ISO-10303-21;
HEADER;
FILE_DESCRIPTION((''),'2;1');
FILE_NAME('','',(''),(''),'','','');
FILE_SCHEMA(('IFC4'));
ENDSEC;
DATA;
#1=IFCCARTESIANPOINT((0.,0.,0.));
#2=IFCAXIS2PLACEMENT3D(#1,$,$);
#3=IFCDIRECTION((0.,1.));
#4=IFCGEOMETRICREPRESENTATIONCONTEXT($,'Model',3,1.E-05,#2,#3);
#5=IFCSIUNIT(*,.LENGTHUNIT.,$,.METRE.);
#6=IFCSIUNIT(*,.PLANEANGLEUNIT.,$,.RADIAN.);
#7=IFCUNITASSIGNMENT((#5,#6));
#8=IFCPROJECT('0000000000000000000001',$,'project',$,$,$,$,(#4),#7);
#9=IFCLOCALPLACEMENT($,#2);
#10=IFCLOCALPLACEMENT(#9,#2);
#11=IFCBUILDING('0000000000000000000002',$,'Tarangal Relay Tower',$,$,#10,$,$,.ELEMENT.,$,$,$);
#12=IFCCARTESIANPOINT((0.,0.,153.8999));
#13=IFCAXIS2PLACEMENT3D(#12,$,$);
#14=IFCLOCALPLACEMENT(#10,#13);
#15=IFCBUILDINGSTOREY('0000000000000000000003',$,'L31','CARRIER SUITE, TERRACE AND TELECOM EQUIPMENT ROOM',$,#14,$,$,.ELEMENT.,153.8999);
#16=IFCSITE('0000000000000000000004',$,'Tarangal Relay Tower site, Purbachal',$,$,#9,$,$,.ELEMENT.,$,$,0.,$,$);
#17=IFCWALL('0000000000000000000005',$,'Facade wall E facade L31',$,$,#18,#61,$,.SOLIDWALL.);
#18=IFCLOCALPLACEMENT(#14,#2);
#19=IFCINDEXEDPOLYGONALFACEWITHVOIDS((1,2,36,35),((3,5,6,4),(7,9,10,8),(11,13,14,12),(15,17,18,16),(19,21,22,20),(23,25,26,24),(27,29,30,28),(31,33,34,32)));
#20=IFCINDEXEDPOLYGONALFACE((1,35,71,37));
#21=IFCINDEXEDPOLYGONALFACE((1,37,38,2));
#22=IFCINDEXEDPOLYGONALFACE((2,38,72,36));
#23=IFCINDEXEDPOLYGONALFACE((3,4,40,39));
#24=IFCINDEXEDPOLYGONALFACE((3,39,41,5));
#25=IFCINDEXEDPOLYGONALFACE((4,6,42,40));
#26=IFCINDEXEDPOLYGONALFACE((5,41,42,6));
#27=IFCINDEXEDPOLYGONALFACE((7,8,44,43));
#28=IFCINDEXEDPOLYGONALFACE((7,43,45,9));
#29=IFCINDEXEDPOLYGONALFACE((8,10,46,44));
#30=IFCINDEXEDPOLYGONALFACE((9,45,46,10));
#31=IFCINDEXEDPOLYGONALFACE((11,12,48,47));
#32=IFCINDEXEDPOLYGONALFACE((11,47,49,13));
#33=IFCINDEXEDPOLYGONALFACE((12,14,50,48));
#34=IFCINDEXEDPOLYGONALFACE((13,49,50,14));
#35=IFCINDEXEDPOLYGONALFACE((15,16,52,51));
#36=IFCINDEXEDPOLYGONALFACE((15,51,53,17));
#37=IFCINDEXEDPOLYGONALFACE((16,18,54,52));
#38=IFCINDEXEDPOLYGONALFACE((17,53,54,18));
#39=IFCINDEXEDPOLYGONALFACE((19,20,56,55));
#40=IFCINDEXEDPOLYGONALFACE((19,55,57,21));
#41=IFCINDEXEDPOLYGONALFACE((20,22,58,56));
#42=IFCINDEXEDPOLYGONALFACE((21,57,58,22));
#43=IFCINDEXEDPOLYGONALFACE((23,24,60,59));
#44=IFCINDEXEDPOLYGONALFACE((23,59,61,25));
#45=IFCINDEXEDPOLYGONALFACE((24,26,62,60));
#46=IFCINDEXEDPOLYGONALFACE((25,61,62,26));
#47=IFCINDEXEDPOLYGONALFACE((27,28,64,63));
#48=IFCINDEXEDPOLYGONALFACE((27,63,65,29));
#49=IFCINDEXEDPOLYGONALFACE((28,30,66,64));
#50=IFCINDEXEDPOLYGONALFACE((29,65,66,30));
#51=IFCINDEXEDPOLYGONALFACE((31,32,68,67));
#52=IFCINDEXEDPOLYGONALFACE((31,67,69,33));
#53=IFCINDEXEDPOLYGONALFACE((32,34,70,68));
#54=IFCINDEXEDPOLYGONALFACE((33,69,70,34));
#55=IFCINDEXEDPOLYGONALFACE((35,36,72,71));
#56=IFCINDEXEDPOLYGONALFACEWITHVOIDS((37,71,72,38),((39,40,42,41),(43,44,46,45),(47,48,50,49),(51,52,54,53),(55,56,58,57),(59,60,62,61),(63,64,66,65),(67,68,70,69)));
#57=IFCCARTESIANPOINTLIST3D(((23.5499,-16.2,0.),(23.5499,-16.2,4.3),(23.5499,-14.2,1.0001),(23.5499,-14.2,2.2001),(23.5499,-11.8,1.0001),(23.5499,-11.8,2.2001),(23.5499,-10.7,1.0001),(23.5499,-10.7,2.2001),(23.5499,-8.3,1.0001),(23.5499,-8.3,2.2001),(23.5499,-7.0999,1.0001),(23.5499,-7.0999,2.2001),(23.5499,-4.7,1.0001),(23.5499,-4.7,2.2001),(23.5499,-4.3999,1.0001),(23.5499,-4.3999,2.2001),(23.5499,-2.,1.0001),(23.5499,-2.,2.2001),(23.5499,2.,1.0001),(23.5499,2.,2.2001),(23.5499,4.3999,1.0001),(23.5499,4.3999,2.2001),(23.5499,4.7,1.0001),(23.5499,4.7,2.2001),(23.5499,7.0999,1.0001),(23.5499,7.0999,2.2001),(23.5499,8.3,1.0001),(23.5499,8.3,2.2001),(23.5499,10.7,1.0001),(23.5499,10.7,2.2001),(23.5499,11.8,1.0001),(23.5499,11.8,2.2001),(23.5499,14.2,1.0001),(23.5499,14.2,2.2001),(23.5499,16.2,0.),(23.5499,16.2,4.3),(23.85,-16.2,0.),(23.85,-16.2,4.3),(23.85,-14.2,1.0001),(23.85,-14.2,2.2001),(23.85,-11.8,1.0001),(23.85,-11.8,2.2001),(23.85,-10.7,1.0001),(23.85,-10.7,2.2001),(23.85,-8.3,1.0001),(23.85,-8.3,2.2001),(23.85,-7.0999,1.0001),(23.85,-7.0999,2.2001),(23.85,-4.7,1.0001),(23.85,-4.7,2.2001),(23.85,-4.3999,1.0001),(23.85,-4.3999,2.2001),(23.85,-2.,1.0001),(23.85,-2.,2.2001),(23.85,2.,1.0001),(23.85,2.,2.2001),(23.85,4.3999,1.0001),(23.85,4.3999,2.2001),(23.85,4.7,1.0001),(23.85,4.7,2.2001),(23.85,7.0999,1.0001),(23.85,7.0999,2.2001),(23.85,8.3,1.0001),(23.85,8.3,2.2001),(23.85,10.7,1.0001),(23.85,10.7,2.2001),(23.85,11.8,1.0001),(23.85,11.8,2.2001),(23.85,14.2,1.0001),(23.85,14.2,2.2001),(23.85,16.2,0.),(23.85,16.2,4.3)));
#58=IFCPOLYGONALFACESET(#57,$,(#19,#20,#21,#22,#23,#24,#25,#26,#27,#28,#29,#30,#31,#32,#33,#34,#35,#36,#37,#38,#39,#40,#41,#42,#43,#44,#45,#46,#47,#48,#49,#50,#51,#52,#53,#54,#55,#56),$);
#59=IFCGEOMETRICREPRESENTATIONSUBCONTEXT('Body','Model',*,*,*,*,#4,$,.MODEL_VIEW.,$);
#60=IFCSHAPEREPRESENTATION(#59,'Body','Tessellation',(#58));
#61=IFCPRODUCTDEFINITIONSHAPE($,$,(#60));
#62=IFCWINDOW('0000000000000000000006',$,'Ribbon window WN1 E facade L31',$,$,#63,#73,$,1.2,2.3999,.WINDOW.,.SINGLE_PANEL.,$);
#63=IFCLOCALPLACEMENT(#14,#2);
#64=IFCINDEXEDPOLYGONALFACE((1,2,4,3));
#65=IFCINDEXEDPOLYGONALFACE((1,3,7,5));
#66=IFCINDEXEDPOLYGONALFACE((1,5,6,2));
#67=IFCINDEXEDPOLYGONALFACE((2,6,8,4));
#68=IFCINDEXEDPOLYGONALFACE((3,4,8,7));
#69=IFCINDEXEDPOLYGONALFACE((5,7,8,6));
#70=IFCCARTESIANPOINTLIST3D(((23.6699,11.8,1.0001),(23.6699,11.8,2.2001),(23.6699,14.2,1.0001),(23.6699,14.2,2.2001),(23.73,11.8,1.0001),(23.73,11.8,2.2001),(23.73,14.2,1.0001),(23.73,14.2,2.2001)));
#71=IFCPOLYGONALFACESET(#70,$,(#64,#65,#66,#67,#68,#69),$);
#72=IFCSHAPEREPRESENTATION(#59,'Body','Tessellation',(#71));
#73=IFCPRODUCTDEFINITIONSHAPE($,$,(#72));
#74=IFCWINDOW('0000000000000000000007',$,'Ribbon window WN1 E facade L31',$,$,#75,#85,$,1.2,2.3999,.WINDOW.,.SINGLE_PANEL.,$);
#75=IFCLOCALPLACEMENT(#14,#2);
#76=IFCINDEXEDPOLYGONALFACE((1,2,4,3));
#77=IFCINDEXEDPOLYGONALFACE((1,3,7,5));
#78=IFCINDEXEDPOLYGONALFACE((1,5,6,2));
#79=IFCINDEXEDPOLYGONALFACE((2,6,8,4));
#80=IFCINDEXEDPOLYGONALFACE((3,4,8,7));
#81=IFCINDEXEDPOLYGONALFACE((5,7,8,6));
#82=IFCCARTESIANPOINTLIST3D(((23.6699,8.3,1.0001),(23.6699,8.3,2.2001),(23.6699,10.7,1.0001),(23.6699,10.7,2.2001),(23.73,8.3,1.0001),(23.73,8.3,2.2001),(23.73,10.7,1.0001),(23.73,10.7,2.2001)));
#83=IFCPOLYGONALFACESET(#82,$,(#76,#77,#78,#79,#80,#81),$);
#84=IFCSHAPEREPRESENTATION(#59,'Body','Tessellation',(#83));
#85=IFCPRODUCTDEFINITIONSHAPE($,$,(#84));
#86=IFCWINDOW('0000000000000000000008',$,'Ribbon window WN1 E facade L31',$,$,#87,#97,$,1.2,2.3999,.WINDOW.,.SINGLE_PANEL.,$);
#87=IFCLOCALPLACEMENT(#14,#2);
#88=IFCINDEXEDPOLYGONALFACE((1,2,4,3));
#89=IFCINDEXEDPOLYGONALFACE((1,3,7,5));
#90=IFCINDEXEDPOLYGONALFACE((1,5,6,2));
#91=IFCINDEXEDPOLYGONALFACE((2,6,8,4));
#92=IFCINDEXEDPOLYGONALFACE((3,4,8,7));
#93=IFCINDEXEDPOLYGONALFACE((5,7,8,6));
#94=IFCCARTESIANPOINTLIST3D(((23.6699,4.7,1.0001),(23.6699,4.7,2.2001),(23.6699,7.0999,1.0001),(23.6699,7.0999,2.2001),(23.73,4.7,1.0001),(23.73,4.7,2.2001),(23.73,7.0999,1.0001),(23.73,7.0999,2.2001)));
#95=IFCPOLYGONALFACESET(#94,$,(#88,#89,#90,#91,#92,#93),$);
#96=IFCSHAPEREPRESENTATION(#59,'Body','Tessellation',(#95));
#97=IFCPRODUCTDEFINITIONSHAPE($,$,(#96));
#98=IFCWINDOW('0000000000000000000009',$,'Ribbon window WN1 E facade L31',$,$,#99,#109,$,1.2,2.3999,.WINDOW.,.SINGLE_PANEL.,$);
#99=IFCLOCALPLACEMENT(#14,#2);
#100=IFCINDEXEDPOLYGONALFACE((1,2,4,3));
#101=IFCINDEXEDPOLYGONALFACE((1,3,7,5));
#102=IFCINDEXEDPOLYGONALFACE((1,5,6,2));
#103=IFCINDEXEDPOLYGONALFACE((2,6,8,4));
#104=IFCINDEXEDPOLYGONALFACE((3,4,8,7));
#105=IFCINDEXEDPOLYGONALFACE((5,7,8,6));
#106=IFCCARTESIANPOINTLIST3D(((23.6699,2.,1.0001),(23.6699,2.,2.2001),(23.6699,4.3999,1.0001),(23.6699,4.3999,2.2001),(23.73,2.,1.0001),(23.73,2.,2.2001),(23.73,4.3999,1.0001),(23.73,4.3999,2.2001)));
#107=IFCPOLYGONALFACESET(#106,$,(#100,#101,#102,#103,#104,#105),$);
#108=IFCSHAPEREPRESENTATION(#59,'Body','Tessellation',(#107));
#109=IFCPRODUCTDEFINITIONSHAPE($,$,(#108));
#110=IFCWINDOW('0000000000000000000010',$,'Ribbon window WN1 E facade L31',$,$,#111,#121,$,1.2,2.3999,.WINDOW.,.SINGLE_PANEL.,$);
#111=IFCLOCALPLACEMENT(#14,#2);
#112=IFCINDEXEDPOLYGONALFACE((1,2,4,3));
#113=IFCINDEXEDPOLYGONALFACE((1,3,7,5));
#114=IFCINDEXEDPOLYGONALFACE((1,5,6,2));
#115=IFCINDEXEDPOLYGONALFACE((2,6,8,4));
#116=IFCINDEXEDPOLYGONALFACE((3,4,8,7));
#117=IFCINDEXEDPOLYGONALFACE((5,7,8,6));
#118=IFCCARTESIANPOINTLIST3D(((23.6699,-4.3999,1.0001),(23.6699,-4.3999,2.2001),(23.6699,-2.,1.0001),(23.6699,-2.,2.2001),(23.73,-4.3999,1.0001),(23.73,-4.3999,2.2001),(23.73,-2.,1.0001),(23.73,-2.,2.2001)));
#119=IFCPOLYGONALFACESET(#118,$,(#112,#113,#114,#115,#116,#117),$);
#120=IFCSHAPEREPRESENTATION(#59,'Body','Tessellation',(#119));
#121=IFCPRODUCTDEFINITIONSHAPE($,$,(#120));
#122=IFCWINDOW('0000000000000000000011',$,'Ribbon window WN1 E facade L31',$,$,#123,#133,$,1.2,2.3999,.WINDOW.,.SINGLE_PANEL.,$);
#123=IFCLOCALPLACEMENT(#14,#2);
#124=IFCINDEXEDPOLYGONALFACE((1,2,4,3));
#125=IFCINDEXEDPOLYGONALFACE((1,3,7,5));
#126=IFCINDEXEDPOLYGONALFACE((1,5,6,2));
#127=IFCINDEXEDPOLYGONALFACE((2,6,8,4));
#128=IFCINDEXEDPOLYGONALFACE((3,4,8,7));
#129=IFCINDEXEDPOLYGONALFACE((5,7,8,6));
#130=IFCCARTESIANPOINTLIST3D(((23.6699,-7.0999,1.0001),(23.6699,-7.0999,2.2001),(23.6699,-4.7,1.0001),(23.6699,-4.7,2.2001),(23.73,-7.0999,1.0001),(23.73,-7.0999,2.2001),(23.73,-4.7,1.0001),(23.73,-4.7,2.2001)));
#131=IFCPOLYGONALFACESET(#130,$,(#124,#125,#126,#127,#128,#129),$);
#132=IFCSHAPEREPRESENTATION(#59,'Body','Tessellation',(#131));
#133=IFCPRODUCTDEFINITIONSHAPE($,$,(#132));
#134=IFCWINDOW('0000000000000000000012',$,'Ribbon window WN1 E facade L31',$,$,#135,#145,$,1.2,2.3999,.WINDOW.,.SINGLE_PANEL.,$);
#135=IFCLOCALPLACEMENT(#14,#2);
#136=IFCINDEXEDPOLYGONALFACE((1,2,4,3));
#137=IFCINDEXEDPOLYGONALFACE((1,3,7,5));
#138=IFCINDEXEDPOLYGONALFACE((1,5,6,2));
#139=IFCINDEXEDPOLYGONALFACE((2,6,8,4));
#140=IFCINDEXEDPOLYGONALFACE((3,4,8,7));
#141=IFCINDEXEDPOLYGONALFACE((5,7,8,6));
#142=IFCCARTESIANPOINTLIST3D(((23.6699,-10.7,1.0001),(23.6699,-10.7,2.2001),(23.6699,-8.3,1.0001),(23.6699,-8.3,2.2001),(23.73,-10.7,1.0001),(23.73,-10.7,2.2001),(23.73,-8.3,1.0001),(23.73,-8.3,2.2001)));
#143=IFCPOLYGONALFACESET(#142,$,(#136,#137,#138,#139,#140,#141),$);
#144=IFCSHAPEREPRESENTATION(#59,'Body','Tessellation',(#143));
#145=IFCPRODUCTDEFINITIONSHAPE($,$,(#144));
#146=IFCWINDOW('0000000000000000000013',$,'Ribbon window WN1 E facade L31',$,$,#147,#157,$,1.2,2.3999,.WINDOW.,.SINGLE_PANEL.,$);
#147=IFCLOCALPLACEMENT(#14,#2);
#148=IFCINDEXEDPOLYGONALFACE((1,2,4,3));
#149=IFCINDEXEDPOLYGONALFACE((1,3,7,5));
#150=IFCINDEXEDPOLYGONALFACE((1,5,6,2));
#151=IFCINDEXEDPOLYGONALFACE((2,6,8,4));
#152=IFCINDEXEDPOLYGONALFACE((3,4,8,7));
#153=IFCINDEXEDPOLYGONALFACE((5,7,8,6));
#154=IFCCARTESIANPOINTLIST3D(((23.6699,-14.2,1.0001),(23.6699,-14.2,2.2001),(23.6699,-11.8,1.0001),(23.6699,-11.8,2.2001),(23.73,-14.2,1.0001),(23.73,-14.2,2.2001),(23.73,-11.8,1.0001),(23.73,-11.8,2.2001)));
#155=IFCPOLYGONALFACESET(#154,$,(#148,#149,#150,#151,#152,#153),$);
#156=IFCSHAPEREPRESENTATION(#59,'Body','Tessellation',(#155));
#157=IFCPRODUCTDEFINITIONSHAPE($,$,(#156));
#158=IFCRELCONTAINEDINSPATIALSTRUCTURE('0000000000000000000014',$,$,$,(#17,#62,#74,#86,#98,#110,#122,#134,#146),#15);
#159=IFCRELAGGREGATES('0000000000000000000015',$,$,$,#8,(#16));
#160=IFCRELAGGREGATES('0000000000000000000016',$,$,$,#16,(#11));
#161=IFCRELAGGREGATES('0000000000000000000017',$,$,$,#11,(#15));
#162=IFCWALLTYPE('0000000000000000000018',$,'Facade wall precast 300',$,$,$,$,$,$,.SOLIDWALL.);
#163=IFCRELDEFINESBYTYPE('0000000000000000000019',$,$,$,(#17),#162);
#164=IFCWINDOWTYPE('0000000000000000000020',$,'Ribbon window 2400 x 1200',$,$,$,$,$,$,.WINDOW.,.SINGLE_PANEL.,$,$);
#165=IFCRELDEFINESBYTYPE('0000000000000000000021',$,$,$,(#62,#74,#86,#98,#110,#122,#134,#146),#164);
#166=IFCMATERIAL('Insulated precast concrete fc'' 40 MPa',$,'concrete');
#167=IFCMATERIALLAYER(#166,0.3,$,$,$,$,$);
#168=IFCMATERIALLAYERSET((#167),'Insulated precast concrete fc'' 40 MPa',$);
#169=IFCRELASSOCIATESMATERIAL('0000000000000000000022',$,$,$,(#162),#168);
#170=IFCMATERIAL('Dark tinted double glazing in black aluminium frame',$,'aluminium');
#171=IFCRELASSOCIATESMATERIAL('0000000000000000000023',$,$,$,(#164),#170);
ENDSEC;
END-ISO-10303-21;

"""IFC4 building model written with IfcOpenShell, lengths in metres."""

from ifc_helpers import new_model, si_unit, direction, frame, frame_2d, origin, place, context, subcontext, project, spatial, rectangle, extrude, material, layer, layer_set, type_object, element, fill, save


model = new_model("IFC4")

# Units and contexts
model_context = context("Model", 3, precision=1e-05, world=origin(), true_north=direction((0.0, 1.0)))
body_context = subcontext(model_context, "Body", "Model", "MODEL_VIEW")
ifc_project = project(units=[si_unit("LENGTHUNIT", "METRE"), si_unit("PLANEANGLEUNIT", "RADIAN")], contexts=[model_context])

# Site, building, storey
site_placement = place(None, origin())
site = spatial("IfcSite", under=ifc_project, at=site_placement, Name="Tarangal Relay Tower site, Purbachal", CompositionType="ELEMENT", RefElevation=0.0)
building_placement = place(site_placement, origin())
building = spatial("IfcBuilding", under=site, at=building_placement, Name="Tarangal Relay Tower", CompositionType="ELEMENT")
storey_placement = place(building_placement, frame((0.0, 0.0, 153.8999)))
storey = spatial("IfcBuildingStorey", under=building, at=storey_placement, Name="L31", Description="CARRIER SUITE, TERRACE AND TELECOM EQUIPMENT ROOM", CompositionType="ELEMENT", Elevation=153.8999)

# Shared definitions
ifc_material_1 = material(Name="Insulated precast concrete fc' 40 MPa", Category="concrete")
ifc_layer_1 = layer(ifc_material_1, 0.3)
ifc_layer_set_1 = layer_set([ifc_layer_1], Name="Insulated precast concrete fc' 40 MPa")
wall_type_1 = type_object("IfcWallType", Name="Facade wall precast 300", PredefinedType="SOLIDWALL", material=ifc_layer_set_1)

# Wall, openings, windows
wall_1_placement = place(storey_placement, frame((23.7, 16.2, 0.0), z_axis=(0.0, 0.0, 1.0), x_axis=(0.0, -1.0, 0.0)))
wall_1 = element("IfcWall", 1, at=wall_1_placement, inside=storey, type_object=wall_type_1, Name="Facade wall E facade L31", PredefinedType="SOLIDWALL", context=body_context, shape_type="SweptSolid", body=[
    extrude(rectangle(XDim=32.3999, YDim=0.3, at=frame_2d((16.2, 0.0))), origin(), (0.0, 0.0, 1.0), 4.3),
])
opening_1_placement = place(wall_1_placement, frame((2.0, 0.0, 1.0)))
opening_1 = element("IfcOpeningElement", 2, at=opening_1_placement, cuts=wall_1, PredefinedType="OPENING", context=body_context, shape_type="SweptSolid", body=[
    extrude(rectangle(XDim=2.3999, YDim=1.2, at=frame_2d((1.2, 0.6001))), frame((0.0, 0.1599, 0.0), z_axis=(0.0, -1.0, 0.0), x_axis=(1.0, 0.0, 0.0)), (0.0, 0.0, 1.0), 0.3201),
])
opening_2_placement = place(wall_1_placement, frame((5.5, 0.0, 1.0)))
opening_2 = element("IfcOpeningElement", 3, at=opening_2_placement, cuts=wall_1, PredefinedType="OPENING", context=body_context, shape_type="SweptSolid", body=[
    extrude(rectangle(XDim=2.3999, YDim=1.2, at=frame_2d((1.2, 0.6001))), frame((0.0, 0.1599, 0.0), z_axis=(0.0, -1.0, 0.0), x_axis=(1.0, 0.0, 0.0)), (0.0, 0.0, 1.0), 0.3201),
])
opening_3_placement = place(wall_1_placement, frame((9.1001, 0.0, 1.0)))
opening_3 = element("IfcOpeningElement", 4, at=opening_3_placement, cuts=wall_1, PredefinedType="OPENING", context=body_context, shape_type="SweptSolid", body=[
    extrude(rectangle(XDim=2.3999, YDim=1.2, at=frame_2d((1.2, 0.6001))), frame((0.0, 0.1599, 0.0), z_axis=(0.0, -1.0, 0.0), x_axis=(1.0, 0.0, 0.0)), (0.0, 0.0, 1.0), 0.3201),
])
opening_4_placement = place(wall_1_placement, frame((11.8, 0.0, 1.0)))
opening_4 = element("IfcOpeningElement", 5, at=opening_4_placement, cuts=wall_1, PredefinedType="OPENING", context=body_context, shape_type="SweptSolid", body=[
    extrude(rectangle(XDim=2.3999, YDim=1.2, at=frame_2d((1.2, 0.6001))), frame((0.0, 0.1599, 0.0), z_axis=(0.0, -1.0, 0.0), x_axis=(1.0, 0.0, 0.0)), (0.0, 0.0, 1.0), 0.3201),
])
opening_5_placement = place(wall_1_placement, frame((18.2, 0.0, 1.0)))
opening_5 = element("IfcOpeningElement", 6, at=opening_5_placement, cuts=wall_1, PredefinedType="OPENING", context=body_context, shape_type="SweptSolid", body=[
    extrude(rectangle(XDim=2.3999, YDim=1.2, at=frame_2d((1.2, 0.6001))), frame((0.0, 0.1599, 0.0), z_axis=(0.0, -1.0, 0.0), x_axis=(1.0, 0.0, 0.0)), (0.0, 0.0, 1.0), 0.3201),
])
opening_6_placement = place(wall_1_placement, frame((20.8999, 0.0, 1.0)))
opening_6 = element("IfcOpeningElement", 7, at=opening_6_placement, cuts=wall_1, PredefinedType="OPENING", context=body_context, shape_type="SweptSolid", body=[
    extrude(rectangle(XDim=2.3999, YDim=1.2, at=frame_2d((1.2, 0.6001))), frame((0.0, 0.1599, 0.0), z_axis=(0.0, -1.0, 0.0), x_axis=(1.0, 0.0, 0.0)), (0.0, 0.0, 1.0), 0.3201),
])
opening_7_placement = place(wall_1_placement, frame((24.5, 0.0, 1.0)))
opening_7 = element("IfcOpeningElement", 8, at=opening_7_placement, cuts=wall_1, PredefinedType="OPENING", context=body_context, shape_type="SweptSolid", body=[
    extrude(rectangle(XDim=2.3999, YDim=1.2, at=frame_2d((1.2, 0.6001))), frame((0.0, 0.1599, 0.0), z_axis=(0.0, -1.0, 0.0), x_axis=(1.0, 0.0, 0.0)), (0.0, 0.0, 1.0), 0.3201),
])
opening_8_placement = place(wall_1_placement, frame((28.0, 0.0, 1.0)))
opening_8 = element("IfcOpeningElement", 9, at=opening_8_placement, cuts=wall_1, PredefinedType="OPENING", context=body_context, shape_type="SweptSolid", body=[
    extrude(rectangle(XDim=2.3999, YDim=1.2, at=frame_2d((1.2, 0.6001))), frame((0.0, 0.1599, 0.0), z_axis=(0.0, -1.0, 0.0), x_axis=(1.0, 0.0, 0.0)), (0.0, 0.0, 1.0), 0.3201),
])
ifc_material_2 = material(Name="Dark tinted double glazing in black aluminium frame", Category="aluminium")
window_type = type_object("IfcWindowType", Name="Ribbon window 2400 x 1200", PartitioningType="SINGLE_PANEL", PredefinedType="WINDOW", material=ifc_material_2)
window_1_placement = place(opening_1_placement, origin())
window_1 = element("IfcWindow", 10, at=window_1_placement, inside=storey, type_object=window_type, Name="Ribbon window WN1 E facade L31", OverallHeight=1.2, OverallWidth=2.3999, PartitioningType="SINGLE_PANEL", PredefinedType="WINDOW", context=body_context, shape_type="SweptSolid", body=[
    extrude(rectangle(XDim=2.3999, YDim=1.2, at=frame_2d((1.2, 0.6001))), frame((0.0, 0.03, 0.0), z_axis=(0.0, -1.0, 0.0), x_axis=(1.0, 0.0, 0.0)), (0.0, 0.0, 1.0), 0.0601),
])
fill(opening_1, window_1)
window_2_placement = place(opening_2_placement, origin())
window_2 = element("IfcWindow", 11, at=window_2_placement, inside=storey, type_object=window_type, Name="Ribbon window WN1 E facade L31", OverallHeight=1.2, OverallWidth=2.3999, PartitioningType="SINGLE_PANEL", PredefinedType="WINDOW", context=body_context, shape_type="SweptSolid", body=[
    extrude(rectangle(XDim=2.3999, YDim=1.2, at=frame_2d((1.2, 0.6001))), frame((0.0, 0.03, 0.0), z_axis=(0.0, -1.0, 0.0), x_axis=(1.0, 0.0, 0.0)), (0.0, 0.0, 1.0), 0.0601),
])
fill(opening_2, window_2)
window_3_placement = place(opening_3_placement, origin())
window_3 = element("IfcWindow", 12, at=window_3_placement, inside=storey, type_object=window_type, Name="Ribbon window WN1 E facade L31", OverallHeight=1.2, OverallWidth=2.3999, PartitioningType="SINGLE_PANEL", PredefinedType="WINDOW", context=body_context, shape_type="SweptSolid", body=[
    extrude(rectangle(XDim=2.3999, YDim=1.2, at=frame_2d((1.2, 0.6001))), frame((0.0, 0.03, 0.0), z_axis=(0.0, -1.0, 0.0), x_axis=(1.0, 0.0, 0.0)), (0.0, 0.0, 1.0), 0.0601),
])
fill(opening_3, window_3)
window_4_placement = place(opening_4_placement, origin())
window_4 = element("IfcWindow", 13, at=window_4_placement, inside=storey, type_object=window_type, Name="Ribbon window WN1 E facade L31", OverallHeight=1.2, OverallWidth=2.3999, PartitioningType="SINGLE_PANEL", PredefinedType="WINDOW", context=body_context, shape_type="SweptSolid", body=[
    extrude(rectangle(XDim=2.3999, YDim=1.2, at=frame_2d((1.2, 0.6001))), frame((0.0, 0.03, 0.0), z_axis=(0.0, -1.0, 0.0), x_axis=(1.0, 0.0, 0.0)), (0.0, 0.0, 1.0), 0.0601),
])
fill(opening_4, window_4)
window_5_placement = place(opening_5_placement, origin())
window_5 = element("IfcWindow", 14, at=window_5_placement, inside=storey, type_object=window_type, Name="Ribbon window WN1 E facade L31", OverallHeight=1.2, OverallWidth=2.3999, PartitioningType="SINGLE_PANEL", PredefinedType="WINDOW", context=body_context, shape_type="SweptSolid", body=[
    extrude(rectangle(XDim=2.3999, YDim=1.2, at=frame_2d((1.2, 0.6001))), frame((0.0, 0.03, 0.0), z_axis=(0.0, -1.0, 0.0), x_axis=(1.0, 0.0, 0.0)), (0.0, 0.0, 1.0), 0.0601),
])
fill(opening_5, window_5)
window_6_placement = place(opening_6_placement, origin())
window_6 = element("IfcWindow", 15, at=window_6_placement, inside=storey, type_object=window_type, Name="Ribbon window WN1 E facade L31", OverallHeight=1.2, OverallWidth=2.3999, PartitioningType="SINGLE_PANEL", PredefinedType="WINDOW", context=body_context, shape_type="SweptSolid", body=[
    extrude(rectangle(XDim=2.3999, YDim=1.2, at=frame_2d((1.2, 0.6001))), frame((0.0, 0.03, 0.0), z_axis=(0.0, -1.0, 0.0), x_axis=(1.0, 0.0, 0.0)), (0.0, 0.0, 1.0), 0.0601),
])
fill(opening_6, window_6)
window_7_placement = place(opening_7_placement, origin())
window_7 = element("IfcWindow", 16, at=window_7_placement, inside=storey, type_object=window_type, Name="Ribbon window WN1 E facade L31", OverallHeight=1.2, OverallWidth=2.3999, PartitioningType="SINGLE_PANEL", PredefinedType="WINDOW", context=body_context, shape_type="SweptSolid", body=[
    extrude(rectangle(XDim=2.3999, YDim=1.2, at=frame_2d((1.2, 0.6001))), frame((0.0, 0.03, 0.0), z_axis=(0.0, -1.0, 0.0), x_axis=(1.0, 0.0, 0.0)), (0.0, 0.0, 1.0), 0.0601),
])
fill(opening_7, window_7)
window_8_placement = place(opening_8_placement, origin())
window_8 = element("IfcWindow", 17, at=window_8_placement, inside=storey, type_object=window_type, Name="Ribbon window WN1 E facade L31", OverallHeight=1.2, OverallWidth=2.3999, PartitioningType="SINGLE_PANEL", PredefinedType="WINDOW", context=body_context, shape_type="SweptSolid", body=[
    extrude(rectangle(XDim=2.3999, YDim=1.2, at=frame_2d((1.2, 0.6001))), frame((0.0, 0.03, 0.0), z_axis=(0.0, -1.0, 0.0), x_axis=(1.0, 0.0, 0.0)), (0.0, 0.0, 1.0), 0.0601),
])
fill(opening_8, window_8)

save(model, "model.ifc")
